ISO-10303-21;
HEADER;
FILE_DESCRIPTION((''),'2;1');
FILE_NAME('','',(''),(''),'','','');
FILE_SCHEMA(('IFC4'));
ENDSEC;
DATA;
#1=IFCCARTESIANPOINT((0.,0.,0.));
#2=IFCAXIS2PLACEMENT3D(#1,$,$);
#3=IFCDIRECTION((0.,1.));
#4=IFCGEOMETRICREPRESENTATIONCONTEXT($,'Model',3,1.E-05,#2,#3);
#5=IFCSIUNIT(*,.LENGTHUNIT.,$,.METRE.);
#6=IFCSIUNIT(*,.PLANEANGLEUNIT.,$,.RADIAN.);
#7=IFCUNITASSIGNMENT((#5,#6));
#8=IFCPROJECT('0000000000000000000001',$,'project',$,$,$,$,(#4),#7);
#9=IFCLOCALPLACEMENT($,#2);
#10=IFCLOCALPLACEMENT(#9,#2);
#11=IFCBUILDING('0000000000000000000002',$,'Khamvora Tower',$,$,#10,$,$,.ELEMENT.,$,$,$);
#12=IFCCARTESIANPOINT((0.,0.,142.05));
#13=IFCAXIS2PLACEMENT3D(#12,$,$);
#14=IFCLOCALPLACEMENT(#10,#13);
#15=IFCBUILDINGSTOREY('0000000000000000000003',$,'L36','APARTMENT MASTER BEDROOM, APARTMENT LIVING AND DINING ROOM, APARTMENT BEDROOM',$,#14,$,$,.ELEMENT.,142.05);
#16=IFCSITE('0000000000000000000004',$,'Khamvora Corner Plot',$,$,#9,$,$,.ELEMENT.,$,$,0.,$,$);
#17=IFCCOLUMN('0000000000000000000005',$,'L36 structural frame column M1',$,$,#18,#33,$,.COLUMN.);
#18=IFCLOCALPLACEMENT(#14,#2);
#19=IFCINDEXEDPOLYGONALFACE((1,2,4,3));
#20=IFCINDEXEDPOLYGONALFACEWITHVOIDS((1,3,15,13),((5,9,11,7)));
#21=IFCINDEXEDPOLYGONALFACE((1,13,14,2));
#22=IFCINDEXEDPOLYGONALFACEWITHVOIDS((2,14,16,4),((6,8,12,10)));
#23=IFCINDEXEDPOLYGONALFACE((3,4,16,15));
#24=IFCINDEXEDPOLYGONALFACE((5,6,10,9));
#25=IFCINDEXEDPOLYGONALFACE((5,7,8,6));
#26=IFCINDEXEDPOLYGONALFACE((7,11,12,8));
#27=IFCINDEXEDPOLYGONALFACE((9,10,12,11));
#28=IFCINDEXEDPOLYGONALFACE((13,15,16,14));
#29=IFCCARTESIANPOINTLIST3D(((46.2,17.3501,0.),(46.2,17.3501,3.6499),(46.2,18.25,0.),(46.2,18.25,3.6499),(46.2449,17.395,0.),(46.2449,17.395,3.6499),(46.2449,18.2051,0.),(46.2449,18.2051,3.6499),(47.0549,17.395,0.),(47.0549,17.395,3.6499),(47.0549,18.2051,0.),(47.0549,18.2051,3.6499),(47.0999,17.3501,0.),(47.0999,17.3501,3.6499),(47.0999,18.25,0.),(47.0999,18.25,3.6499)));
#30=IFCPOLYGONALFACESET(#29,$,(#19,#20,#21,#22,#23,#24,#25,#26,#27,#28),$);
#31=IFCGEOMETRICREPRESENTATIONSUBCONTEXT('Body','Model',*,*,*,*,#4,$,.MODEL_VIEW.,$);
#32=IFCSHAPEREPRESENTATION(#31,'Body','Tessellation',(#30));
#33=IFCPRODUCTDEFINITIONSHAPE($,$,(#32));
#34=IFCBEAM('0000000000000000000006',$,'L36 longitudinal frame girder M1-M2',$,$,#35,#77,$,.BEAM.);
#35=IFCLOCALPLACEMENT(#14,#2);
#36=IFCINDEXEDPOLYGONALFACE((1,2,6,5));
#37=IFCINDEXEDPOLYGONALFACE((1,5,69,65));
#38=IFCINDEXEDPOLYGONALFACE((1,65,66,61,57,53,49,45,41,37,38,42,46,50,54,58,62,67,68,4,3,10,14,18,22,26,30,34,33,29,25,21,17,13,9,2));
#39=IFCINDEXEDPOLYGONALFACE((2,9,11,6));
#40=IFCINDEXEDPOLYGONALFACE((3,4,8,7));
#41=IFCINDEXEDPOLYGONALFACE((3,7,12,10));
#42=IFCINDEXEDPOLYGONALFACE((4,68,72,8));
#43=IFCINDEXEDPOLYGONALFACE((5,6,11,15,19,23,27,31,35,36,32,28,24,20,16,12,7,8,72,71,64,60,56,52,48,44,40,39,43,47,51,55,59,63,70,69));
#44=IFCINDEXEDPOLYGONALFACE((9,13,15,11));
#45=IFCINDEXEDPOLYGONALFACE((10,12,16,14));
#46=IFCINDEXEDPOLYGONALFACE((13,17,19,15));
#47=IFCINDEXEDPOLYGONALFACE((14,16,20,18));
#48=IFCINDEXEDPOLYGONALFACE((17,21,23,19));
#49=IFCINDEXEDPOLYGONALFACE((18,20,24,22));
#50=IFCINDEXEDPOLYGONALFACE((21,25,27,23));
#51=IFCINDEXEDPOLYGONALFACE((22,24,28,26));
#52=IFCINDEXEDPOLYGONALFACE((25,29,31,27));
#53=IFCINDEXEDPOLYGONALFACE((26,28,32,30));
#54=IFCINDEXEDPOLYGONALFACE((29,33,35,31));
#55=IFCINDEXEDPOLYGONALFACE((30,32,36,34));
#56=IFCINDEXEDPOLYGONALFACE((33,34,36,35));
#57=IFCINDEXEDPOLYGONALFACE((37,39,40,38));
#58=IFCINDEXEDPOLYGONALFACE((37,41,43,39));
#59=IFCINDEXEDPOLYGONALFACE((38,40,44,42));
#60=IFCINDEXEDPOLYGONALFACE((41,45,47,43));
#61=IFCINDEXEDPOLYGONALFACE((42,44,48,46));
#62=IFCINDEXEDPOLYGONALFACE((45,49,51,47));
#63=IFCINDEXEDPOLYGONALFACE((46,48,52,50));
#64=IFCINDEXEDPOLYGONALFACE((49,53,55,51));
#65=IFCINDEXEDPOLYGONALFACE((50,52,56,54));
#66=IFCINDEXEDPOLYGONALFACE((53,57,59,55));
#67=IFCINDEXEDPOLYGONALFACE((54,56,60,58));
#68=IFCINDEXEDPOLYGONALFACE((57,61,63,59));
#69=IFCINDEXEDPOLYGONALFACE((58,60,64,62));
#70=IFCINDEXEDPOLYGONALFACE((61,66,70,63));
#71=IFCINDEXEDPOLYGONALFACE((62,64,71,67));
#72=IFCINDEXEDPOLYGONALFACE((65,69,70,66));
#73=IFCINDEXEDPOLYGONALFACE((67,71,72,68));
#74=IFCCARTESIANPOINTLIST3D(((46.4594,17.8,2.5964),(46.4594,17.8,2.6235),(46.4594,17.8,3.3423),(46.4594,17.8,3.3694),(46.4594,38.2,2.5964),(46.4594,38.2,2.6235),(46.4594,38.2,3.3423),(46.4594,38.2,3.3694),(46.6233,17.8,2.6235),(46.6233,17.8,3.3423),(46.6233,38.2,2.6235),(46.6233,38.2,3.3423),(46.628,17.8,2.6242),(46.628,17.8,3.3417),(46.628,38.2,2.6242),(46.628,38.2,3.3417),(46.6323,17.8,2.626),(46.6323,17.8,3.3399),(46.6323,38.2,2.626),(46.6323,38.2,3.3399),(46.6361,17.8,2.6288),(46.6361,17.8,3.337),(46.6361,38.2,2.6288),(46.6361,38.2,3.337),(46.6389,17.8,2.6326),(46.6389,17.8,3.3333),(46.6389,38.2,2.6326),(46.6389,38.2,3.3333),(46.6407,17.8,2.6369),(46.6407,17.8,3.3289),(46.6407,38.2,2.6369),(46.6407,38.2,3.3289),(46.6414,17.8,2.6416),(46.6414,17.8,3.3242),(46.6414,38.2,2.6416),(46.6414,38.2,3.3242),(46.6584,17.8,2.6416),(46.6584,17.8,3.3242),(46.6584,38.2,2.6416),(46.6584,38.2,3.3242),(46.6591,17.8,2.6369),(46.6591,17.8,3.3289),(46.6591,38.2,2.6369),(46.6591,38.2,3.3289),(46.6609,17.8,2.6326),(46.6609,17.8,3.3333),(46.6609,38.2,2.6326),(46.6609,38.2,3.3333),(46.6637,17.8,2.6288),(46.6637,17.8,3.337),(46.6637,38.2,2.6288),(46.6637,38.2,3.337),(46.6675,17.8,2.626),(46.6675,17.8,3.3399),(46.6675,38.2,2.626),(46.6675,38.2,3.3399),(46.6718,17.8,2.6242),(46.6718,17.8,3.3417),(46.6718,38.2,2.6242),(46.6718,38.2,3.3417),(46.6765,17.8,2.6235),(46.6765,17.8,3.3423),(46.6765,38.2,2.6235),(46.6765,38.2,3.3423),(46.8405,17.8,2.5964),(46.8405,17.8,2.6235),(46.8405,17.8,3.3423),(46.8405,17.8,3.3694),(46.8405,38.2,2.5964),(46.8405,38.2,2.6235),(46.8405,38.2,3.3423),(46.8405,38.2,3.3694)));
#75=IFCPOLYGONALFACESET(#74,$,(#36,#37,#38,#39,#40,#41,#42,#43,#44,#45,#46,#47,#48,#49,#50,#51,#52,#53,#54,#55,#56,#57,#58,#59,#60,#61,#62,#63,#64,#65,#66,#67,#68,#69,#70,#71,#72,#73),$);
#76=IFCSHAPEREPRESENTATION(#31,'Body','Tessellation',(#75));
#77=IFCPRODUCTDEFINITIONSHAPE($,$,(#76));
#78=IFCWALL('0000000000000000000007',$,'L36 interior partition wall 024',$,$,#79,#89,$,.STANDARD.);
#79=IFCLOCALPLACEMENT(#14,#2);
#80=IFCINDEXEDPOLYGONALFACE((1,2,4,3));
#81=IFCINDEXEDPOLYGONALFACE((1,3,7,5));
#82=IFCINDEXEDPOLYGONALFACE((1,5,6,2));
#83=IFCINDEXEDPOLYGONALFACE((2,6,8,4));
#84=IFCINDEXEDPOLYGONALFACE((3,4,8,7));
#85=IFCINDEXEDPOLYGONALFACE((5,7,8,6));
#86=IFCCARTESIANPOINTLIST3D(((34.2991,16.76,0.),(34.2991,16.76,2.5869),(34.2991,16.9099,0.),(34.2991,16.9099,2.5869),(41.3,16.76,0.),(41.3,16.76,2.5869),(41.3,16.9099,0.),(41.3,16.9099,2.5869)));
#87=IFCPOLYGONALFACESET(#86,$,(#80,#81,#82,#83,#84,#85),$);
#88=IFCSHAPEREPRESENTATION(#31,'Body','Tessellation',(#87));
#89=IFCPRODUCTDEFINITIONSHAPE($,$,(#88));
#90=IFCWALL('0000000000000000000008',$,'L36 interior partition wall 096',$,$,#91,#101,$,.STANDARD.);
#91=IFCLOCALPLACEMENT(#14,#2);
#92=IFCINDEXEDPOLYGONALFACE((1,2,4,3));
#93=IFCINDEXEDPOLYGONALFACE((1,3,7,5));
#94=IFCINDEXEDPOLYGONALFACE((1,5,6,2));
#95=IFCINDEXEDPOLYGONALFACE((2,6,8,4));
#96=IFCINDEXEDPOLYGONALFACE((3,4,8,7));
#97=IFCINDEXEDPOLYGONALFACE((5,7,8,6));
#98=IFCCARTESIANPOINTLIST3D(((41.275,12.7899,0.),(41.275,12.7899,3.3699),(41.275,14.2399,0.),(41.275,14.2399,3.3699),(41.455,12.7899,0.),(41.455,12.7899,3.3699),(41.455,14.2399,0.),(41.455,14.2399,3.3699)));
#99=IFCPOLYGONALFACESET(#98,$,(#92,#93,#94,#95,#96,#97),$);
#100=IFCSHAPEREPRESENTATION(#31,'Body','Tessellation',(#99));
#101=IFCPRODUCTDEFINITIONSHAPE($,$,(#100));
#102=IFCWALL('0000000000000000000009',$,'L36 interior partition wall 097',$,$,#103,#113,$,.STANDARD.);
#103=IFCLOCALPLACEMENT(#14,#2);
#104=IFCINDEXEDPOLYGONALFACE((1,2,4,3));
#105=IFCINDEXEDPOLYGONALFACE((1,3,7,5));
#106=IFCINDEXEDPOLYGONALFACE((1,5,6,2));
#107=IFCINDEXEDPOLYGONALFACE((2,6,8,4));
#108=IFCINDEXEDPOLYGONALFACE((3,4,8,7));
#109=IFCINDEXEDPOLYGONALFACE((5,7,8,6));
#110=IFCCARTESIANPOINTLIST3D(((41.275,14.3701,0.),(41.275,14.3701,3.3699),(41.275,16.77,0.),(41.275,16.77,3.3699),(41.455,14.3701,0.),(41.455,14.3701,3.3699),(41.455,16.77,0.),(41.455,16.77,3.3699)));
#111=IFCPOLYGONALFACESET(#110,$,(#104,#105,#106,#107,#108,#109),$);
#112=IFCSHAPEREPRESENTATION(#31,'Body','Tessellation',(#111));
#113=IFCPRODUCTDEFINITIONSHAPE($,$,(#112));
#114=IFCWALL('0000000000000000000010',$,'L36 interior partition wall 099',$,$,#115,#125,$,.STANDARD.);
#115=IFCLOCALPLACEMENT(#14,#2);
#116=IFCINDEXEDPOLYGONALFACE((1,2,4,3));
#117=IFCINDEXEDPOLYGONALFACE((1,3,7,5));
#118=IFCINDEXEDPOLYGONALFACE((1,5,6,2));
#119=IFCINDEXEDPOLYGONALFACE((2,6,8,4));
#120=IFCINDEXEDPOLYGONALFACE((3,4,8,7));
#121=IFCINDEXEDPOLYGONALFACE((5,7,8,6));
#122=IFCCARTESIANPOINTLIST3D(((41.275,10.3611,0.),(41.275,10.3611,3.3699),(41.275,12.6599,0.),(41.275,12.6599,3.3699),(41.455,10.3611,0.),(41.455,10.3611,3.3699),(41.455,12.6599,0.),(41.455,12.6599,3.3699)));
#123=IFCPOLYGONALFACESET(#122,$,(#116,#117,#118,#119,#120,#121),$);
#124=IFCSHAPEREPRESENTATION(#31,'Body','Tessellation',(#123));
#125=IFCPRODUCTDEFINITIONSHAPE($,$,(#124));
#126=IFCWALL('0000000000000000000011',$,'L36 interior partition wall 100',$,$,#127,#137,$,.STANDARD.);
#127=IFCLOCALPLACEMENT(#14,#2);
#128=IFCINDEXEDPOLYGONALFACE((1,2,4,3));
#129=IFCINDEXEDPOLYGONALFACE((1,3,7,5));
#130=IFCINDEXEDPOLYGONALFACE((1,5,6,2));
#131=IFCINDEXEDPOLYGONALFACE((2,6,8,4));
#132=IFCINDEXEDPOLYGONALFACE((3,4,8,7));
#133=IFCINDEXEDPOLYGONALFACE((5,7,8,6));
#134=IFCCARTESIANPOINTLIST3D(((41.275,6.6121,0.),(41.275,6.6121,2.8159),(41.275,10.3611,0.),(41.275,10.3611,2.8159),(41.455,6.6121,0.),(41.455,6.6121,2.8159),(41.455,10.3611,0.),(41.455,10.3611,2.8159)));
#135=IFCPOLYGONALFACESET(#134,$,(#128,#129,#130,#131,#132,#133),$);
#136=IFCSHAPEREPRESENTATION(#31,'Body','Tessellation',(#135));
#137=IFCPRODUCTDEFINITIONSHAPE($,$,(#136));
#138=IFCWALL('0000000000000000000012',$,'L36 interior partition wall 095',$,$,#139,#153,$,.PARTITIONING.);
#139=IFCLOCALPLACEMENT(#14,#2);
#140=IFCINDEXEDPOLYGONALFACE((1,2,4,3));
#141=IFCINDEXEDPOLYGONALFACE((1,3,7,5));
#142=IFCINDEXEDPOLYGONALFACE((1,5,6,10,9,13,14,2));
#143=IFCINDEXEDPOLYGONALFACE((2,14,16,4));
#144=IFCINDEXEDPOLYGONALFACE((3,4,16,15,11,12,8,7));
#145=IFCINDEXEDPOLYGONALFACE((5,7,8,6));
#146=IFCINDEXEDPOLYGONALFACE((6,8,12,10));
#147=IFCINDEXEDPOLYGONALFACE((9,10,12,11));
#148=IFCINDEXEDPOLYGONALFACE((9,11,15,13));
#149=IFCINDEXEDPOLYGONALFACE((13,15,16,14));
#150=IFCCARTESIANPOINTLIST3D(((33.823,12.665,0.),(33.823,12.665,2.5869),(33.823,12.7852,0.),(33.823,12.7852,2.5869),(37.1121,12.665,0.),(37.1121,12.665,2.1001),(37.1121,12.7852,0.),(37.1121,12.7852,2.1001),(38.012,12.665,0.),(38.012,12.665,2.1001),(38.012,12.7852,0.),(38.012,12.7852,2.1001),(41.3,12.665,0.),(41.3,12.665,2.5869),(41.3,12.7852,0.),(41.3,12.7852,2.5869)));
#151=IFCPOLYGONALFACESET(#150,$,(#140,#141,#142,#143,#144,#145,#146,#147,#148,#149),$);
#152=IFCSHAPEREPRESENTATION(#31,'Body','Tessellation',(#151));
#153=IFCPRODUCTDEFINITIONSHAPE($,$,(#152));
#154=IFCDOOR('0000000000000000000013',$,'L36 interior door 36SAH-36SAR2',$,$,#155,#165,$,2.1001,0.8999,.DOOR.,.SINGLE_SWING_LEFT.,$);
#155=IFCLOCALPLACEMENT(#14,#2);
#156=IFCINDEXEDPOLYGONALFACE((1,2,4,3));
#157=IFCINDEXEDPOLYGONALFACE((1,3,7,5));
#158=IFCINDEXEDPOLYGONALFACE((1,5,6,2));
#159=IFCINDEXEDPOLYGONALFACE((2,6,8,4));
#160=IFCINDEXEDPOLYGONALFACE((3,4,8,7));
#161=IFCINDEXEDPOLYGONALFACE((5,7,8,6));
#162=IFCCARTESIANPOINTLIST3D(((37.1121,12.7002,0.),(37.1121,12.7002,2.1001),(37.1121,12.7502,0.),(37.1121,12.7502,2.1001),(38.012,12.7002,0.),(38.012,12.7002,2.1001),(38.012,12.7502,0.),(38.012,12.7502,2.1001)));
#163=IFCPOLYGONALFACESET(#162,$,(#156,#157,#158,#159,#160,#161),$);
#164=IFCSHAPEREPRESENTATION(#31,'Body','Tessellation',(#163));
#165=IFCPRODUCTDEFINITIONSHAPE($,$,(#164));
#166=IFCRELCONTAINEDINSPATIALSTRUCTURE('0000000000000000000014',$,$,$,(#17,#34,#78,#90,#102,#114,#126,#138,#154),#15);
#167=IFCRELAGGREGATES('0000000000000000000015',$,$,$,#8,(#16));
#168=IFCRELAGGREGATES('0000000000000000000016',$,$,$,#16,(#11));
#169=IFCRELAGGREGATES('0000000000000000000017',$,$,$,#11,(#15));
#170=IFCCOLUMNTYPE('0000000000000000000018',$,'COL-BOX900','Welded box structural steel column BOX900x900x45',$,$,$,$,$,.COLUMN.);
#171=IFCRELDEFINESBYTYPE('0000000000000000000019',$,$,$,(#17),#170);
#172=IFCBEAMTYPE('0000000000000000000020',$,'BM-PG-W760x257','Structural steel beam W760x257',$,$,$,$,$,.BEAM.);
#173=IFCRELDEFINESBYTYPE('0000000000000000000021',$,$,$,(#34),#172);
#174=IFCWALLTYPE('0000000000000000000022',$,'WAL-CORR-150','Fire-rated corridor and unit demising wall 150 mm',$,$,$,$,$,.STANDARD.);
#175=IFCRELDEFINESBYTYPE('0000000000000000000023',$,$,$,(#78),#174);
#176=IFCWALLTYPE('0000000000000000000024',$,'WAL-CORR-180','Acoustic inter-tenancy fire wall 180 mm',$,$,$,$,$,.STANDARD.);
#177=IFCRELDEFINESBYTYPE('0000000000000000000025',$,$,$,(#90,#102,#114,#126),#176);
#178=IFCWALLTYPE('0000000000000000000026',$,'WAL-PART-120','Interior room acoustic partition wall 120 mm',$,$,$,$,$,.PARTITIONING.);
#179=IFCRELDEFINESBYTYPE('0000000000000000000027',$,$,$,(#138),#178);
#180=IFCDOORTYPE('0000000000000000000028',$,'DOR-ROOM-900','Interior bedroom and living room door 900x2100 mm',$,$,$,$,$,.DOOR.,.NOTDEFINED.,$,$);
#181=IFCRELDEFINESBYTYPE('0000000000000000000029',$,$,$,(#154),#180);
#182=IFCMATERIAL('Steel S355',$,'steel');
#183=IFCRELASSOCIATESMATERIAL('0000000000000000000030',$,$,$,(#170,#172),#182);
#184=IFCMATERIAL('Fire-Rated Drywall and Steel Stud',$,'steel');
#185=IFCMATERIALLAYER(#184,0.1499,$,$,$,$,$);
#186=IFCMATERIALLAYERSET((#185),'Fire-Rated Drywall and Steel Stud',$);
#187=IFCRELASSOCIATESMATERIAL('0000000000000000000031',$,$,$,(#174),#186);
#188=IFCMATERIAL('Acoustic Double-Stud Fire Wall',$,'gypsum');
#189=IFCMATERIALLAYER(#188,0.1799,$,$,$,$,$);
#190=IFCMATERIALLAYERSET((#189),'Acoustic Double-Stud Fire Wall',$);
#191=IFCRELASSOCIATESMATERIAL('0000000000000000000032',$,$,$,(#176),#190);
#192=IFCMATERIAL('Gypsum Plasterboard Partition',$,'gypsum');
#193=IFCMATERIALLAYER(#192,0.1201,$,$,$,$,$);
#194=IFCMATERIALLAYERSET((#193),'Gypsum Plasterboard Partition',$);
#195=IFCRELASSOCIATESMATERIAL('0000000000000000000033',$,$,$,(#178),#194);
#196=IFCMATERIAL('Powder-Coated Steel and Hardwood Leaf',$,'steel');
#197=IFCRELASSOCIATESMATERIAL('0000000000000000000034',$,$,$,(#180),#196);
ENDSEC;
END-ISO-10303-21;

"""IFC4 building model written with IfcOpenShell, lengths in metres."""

from ifc_helpers import new_model, si_unit, direction, frame, frame_2d, origin, origin_2d, place, context, subcontext, project, spatial, rectangle, hollow_rectangle, i_section, extrude, material, layer, layer_set, material_profile, profile_set, type_object, element, fill, save


model = new_model("IFC4")

# Units and contexts
model_context = context("Model", 3, precision=1e-05, world=origin(), true_north=direction((0.0, 1.0)))
body_context = subcontext(model_context, "Body", "Model", "MODEL_VIEW")
ifc_project = project(units=[si_unit("LENGTHUNIT", "METRE"), si_unit("PLANEANGLEUNIT", "RADIAN")], contexts=[model_context])

# Site, building, storey
site_placement = place(None, origin())
site = spatial("IfcSite", under=ifc_project, at=site_placement, Name="Khamvora Corner Plot", CompositionType="ELEMENT", RefElevation=0.0)
building_placement = place(site_placement, origin())
building = spatial("IfcBuilding", under=site, at=building_placement, Name="Khamvora Tower", CompositionType="ELEMENT")
storey_placement = place(building_placement, frame((0.0, 0.0, 142.05)))
storey = spatial("IfcBuildingStorey", under=building, at=storey_placement, Name="L36", Description="APARTMENT MASTER BEDROOM, APARTMENT LIVING AND DINING ROOM, APARTMENT BEDROOM", CompositionType="ELEMENT", Elevation=142.05)

# Column
ifc_material_1 = material(Name="Steel S355", Category="steel")
ifc_material_profile_1 = material_profile(ifc_material_1, hollow_rectangle(XDim=0.8999, YDim=0.8999, WallThickness=0.0449, at=origin_2d()), Name="BOX900x900x45")
ifc_profile_set_1 = profile_set([ifc_material_profile_1], Name="Steel S355")
column_type = type_object("IfcColumnType", Name="COL-BOX900", Description="Welded box structural steel column BOX900x900x45", PredefinedType="COLUMN", material=ifc_profile_set_1)
column_placement = place(storey_placement, frame((46.6499, 17.8, 0.0), z_axis=(0.0, 0.0, 1.0), x_axis=(1.0, 0.0, 0.0)))
element("IfcColumn", 1, at=column_placement, inside=storey, type_object=column_type, Name="L36 structural frame column M1", PredefinedType="COLUMN", context=body_context, shape_type="SweptSolid", body=[
    extrude(hollow_rectangle(XDim=0.8999, YDim=0.8999, WallThickness=0.0449, at=origin_2d()), origin(), (0.0, 0.0, 1.0), 3.6499),
])

# Beam
ifc_material_profile_2 = material_profile(ifc_material_1, i_section(OverallWidth=0.3811, OverallDepth=0.7729, WebThickness=0.0171, FlangeThickness=0.0271, FilletRadius=0.0181, at=origin_2d()), Name="W760x257")
ifc_profile_set_2 = profile_set([ifc_material_profile_2], Name="Steel S355")
beam_type = type_object("IfcBeamType", Name="BM-PG-W760x257", Description="Structural steel beam W760x257", PredefinedType="BEAM", material=ifc_profile_set_2)
beam_placement = place(storey_placement, frame((46.6499, 17.8, 2.9829), z_axis=(0.0, 1.0, 0.0), x_axis=(-1.0, 0.0, 0.0)))
element("IfcBeam", 2, at=beam_placement, inside=storey, type_object=beam_type, Name="L36 longitudinal frame girder M1-M2", PredefinedType="BEAM", context=body_context, shape_type="SweptSolid", body=[
    extrude(i_section(OverallWidth=0.3811, OverallDepth=0.7729, WebThickness=0.0171, FlangeThickness=0.0271, FilletRadius=0.0181, at=origin_2d()), origin(), (0.0, 0.0, 1.0), 20.3999),
])

# Walls
ifc_material_2 = material(Name="Fire-Rated Drywall and Steel Stud", Category="steel")
ifc_layer_1 = layer(ifc_material_2, 0.1499)
ifc_layer_set_1 = layer_set([ifc_layer_1], Name="Fire-Rated Drywall and Steel Stud")
wall_type_1 = type_object("IfcWallType", Name="WAL-CORR-150", Description="Fire-rated corridor and unit demising wall 150 mm", PredefinedType="STANDARD", material=ifc_layer_set_1)
wall_1_placement = place(storey_placement, frame((41.3, 16.835, 0.0), z_axis=(0.0, 0.0, 1.0), x_axis=(-1.0, 0.0, 0.0)))
element("IfcWall", 3, at=wall_1_placement, inside=storey, type_object=wall_type_1, Name="L36 interior partition wall 024", PredefinedType="STANDARD", context=body_context, shape_type="SweptSolid", body=[
    extrude(rectangle(XDim=7.001, YDim=0.1499, at=frame_2d((3.5005, 0.0))), origin(), (0.0, 0.0, 1.0), 2.5869),
])
ifc_material_3 = material(Name="Acoustic Double-Stud Fire Wall", Category="gypsum")
ifc_layer_2 = layer(ifc_material_3, 0.1799)
ifc_layer_set_2 = layer_set([ifc_layer_2], Name="Acoustic Double-Stud Fire Wall")
wall_type_2 = type_object("IfcWallType", Name="WAL-CORR-180", Description="Acoustic inter-tenancy fire wall 180 mm", PredefinedType="STANDARD", material=ifc_layer_set_2)
wall_2_placement = place(storey_placement, frame((41.365, 14.24, 0.0), z_axis=(0.0, 0.0, 1.0), x_axis=(0.0, -1.0, 0.0)))
element("IfcWall", 4, at=wall_2_placement, inside=storey, type_object=wall_type_2, Name="L36 interior partition wall 096", PredefinedType="STANDARD", context=body_context, shape_type="SweptSolid", body=[
    extrude(rectangle(XDim=1.45, YDim=0.1799, at=frame_2d((0.7251, 0.0))), origin(), (0.0, 0.0, 1.0), 3.3699),
])
wall_3_placement = place(storey_placement, frame((41.365, 16.77, 0.0), z_axis=(0.0, 0.0, 1.0), x_axis=(0.0, -1.0, 0.0)))
element("IfcWall", 5, at=wall_3_placement, inside=storey, type_object=wall_type_2, Name="L36 interior partition wall 097", PredefinedType="STANDARD", context=body_context, shape_type="SweptSolid", body=[
    extrude(rectangle(XDim=2.3999, YDim=0.1799, at=frame_2d((1.2, 0.0))), origin(), (0.0, 0.0, 1.0), 3.3699),
])
wall_4_placement = place(storey_placement, frame((41.365, 12.6599, 0.0), z_axis=(0.0, 0.0, 1.0), x_axis=(0.0, -1.0, 0.0)))
element("IfcWall", 6, at=wall_4_placement, inside=storey, type_object=wall_type_2, Name="L36 interior partition wall 099", PredefinedType="STANDARD", context=body_context, shape_type="SweptSolid", body=[
    extrude(rectangle(XDim=2.2988, YDim=0.1799, at=frame_2d((1.1494, 0.0))), origin(), (0.0, 0.0, 1.0), 3.3699),
])
wall_5_placement = place(storey_placement, frame((41.365, 10.3611, 0.0), z_axis=(0.0, 0.0, 1.0), x_axis=(0.0, -1.0, 0.0)))
element("IfcWall", 7, at=wall_5_placement, inside=storey, type_object=wall_type_2, Name="L36 interior partition wall 100", PredefinedType="STANDARD", context=body_context, shape_type="SweptSolid", body=[
    extrude(rectangle(XDim=3.749, YDim=0.1799, at=frame_2d((1.8745, 0.0))), origin(), (0.0, 0.0, 1.0), 2.8159),
])

# Wall, opening, door
ifc_material_4 = material(Name="Gypsum Plasterboard Partition", Category="gypsum")
ifc_layer_3 = layer(ifc_material_4, 0.1201)
ifc_layer_set_3 = layer_set([ifc_layer_3], Name="Gypsum Plasterboard Partition")
wall_type_3 = type_object("IfcWallType", Name="WAL-PART-120", Description="Interior room acoustic partition wall 120 mm", PredefinedType="PARTITIONING", material=ifc_layer_set_3)
wall_6_placement = place(storey_placement, frame((41.3, 12.7251, 0.0), z_axis=(0.0, 0.0, 1.0), x_axis=(-1.0, 0.0, 0.0)))
wall_6 = element("IfcWall", 8, at=wall_6_placement, inside=storey, type_object=wall_type_3, Name="L36 interior partition wall 095", PredefinedType="PARTITIONING", context=body_context, shape_type="SweptSolid", body=[
    extrude(rectangle(XDim=7.4771, YDim=0.1201, at=frame_2d((3.7385, 0.0))), origin(), (0.0, 0.0, 1.0), 2.5869),
])
opening_1_placement = place(wall_6_placement, frame((3.2881, 0.0, 0.0)))
opening_1 = element("IfcOpeningElement", 9, at=opening_1_placement, cuts=wall_6, PredefinedType="OPENING", context=body_context, shape_type="SweptSolid", body=[
    extrude(rectangle(XDim=0.8999, YDim=2.1001, at=frame_2d((0.45, 1.05))), frame((0.0, 0.0701, 0.0), z_axis=(0.0, -1.0, 0.0), x_axis=(1.0, 0.0, 0.0)), (0.0, 0.0, 1.0), 0.1401),
])
ifc_material_5 = material(Name="Powder-Coated Steel and Hardwood Leaf", Category="steel")
door_type_1 = type_object("IfcDoorType", Name="DOR-ROOM-900", Description="Interior bedroom and living room door 900x2100 mm", OperationType="NOTDEFINED", PredefinedType="DOOR", material=ifc_material_5)
door_1_placement = place(opening_1_placement, origin())
door_1 = element("IfcDoor", 10, at=door_1_placement, inside=storey, type_object=door_type_1, Name="L36 interior door 36SAH-36SAR2", OperationType="SINGLE_SWING_LEFT", OverallHeight=2.1001, OverallWidth=0.8999, PredefinedType="DOOR", context=body_context, shape_type="SweptSolid", body=[
    extrude(rectangle(XDim=0.8999, YDim=2.1001, at=frame_2d((0.45, 1.05))), frame((0.0, 0.0249, 0.0), z_axis=(0.0, -1.0, 0.0), x_axis=(1.0, 0.0, 0.0)), (0.0, 0.0, 1.0), 0.05),
])
fill(opening_1, door_1)

save(model, "model.ifc")
